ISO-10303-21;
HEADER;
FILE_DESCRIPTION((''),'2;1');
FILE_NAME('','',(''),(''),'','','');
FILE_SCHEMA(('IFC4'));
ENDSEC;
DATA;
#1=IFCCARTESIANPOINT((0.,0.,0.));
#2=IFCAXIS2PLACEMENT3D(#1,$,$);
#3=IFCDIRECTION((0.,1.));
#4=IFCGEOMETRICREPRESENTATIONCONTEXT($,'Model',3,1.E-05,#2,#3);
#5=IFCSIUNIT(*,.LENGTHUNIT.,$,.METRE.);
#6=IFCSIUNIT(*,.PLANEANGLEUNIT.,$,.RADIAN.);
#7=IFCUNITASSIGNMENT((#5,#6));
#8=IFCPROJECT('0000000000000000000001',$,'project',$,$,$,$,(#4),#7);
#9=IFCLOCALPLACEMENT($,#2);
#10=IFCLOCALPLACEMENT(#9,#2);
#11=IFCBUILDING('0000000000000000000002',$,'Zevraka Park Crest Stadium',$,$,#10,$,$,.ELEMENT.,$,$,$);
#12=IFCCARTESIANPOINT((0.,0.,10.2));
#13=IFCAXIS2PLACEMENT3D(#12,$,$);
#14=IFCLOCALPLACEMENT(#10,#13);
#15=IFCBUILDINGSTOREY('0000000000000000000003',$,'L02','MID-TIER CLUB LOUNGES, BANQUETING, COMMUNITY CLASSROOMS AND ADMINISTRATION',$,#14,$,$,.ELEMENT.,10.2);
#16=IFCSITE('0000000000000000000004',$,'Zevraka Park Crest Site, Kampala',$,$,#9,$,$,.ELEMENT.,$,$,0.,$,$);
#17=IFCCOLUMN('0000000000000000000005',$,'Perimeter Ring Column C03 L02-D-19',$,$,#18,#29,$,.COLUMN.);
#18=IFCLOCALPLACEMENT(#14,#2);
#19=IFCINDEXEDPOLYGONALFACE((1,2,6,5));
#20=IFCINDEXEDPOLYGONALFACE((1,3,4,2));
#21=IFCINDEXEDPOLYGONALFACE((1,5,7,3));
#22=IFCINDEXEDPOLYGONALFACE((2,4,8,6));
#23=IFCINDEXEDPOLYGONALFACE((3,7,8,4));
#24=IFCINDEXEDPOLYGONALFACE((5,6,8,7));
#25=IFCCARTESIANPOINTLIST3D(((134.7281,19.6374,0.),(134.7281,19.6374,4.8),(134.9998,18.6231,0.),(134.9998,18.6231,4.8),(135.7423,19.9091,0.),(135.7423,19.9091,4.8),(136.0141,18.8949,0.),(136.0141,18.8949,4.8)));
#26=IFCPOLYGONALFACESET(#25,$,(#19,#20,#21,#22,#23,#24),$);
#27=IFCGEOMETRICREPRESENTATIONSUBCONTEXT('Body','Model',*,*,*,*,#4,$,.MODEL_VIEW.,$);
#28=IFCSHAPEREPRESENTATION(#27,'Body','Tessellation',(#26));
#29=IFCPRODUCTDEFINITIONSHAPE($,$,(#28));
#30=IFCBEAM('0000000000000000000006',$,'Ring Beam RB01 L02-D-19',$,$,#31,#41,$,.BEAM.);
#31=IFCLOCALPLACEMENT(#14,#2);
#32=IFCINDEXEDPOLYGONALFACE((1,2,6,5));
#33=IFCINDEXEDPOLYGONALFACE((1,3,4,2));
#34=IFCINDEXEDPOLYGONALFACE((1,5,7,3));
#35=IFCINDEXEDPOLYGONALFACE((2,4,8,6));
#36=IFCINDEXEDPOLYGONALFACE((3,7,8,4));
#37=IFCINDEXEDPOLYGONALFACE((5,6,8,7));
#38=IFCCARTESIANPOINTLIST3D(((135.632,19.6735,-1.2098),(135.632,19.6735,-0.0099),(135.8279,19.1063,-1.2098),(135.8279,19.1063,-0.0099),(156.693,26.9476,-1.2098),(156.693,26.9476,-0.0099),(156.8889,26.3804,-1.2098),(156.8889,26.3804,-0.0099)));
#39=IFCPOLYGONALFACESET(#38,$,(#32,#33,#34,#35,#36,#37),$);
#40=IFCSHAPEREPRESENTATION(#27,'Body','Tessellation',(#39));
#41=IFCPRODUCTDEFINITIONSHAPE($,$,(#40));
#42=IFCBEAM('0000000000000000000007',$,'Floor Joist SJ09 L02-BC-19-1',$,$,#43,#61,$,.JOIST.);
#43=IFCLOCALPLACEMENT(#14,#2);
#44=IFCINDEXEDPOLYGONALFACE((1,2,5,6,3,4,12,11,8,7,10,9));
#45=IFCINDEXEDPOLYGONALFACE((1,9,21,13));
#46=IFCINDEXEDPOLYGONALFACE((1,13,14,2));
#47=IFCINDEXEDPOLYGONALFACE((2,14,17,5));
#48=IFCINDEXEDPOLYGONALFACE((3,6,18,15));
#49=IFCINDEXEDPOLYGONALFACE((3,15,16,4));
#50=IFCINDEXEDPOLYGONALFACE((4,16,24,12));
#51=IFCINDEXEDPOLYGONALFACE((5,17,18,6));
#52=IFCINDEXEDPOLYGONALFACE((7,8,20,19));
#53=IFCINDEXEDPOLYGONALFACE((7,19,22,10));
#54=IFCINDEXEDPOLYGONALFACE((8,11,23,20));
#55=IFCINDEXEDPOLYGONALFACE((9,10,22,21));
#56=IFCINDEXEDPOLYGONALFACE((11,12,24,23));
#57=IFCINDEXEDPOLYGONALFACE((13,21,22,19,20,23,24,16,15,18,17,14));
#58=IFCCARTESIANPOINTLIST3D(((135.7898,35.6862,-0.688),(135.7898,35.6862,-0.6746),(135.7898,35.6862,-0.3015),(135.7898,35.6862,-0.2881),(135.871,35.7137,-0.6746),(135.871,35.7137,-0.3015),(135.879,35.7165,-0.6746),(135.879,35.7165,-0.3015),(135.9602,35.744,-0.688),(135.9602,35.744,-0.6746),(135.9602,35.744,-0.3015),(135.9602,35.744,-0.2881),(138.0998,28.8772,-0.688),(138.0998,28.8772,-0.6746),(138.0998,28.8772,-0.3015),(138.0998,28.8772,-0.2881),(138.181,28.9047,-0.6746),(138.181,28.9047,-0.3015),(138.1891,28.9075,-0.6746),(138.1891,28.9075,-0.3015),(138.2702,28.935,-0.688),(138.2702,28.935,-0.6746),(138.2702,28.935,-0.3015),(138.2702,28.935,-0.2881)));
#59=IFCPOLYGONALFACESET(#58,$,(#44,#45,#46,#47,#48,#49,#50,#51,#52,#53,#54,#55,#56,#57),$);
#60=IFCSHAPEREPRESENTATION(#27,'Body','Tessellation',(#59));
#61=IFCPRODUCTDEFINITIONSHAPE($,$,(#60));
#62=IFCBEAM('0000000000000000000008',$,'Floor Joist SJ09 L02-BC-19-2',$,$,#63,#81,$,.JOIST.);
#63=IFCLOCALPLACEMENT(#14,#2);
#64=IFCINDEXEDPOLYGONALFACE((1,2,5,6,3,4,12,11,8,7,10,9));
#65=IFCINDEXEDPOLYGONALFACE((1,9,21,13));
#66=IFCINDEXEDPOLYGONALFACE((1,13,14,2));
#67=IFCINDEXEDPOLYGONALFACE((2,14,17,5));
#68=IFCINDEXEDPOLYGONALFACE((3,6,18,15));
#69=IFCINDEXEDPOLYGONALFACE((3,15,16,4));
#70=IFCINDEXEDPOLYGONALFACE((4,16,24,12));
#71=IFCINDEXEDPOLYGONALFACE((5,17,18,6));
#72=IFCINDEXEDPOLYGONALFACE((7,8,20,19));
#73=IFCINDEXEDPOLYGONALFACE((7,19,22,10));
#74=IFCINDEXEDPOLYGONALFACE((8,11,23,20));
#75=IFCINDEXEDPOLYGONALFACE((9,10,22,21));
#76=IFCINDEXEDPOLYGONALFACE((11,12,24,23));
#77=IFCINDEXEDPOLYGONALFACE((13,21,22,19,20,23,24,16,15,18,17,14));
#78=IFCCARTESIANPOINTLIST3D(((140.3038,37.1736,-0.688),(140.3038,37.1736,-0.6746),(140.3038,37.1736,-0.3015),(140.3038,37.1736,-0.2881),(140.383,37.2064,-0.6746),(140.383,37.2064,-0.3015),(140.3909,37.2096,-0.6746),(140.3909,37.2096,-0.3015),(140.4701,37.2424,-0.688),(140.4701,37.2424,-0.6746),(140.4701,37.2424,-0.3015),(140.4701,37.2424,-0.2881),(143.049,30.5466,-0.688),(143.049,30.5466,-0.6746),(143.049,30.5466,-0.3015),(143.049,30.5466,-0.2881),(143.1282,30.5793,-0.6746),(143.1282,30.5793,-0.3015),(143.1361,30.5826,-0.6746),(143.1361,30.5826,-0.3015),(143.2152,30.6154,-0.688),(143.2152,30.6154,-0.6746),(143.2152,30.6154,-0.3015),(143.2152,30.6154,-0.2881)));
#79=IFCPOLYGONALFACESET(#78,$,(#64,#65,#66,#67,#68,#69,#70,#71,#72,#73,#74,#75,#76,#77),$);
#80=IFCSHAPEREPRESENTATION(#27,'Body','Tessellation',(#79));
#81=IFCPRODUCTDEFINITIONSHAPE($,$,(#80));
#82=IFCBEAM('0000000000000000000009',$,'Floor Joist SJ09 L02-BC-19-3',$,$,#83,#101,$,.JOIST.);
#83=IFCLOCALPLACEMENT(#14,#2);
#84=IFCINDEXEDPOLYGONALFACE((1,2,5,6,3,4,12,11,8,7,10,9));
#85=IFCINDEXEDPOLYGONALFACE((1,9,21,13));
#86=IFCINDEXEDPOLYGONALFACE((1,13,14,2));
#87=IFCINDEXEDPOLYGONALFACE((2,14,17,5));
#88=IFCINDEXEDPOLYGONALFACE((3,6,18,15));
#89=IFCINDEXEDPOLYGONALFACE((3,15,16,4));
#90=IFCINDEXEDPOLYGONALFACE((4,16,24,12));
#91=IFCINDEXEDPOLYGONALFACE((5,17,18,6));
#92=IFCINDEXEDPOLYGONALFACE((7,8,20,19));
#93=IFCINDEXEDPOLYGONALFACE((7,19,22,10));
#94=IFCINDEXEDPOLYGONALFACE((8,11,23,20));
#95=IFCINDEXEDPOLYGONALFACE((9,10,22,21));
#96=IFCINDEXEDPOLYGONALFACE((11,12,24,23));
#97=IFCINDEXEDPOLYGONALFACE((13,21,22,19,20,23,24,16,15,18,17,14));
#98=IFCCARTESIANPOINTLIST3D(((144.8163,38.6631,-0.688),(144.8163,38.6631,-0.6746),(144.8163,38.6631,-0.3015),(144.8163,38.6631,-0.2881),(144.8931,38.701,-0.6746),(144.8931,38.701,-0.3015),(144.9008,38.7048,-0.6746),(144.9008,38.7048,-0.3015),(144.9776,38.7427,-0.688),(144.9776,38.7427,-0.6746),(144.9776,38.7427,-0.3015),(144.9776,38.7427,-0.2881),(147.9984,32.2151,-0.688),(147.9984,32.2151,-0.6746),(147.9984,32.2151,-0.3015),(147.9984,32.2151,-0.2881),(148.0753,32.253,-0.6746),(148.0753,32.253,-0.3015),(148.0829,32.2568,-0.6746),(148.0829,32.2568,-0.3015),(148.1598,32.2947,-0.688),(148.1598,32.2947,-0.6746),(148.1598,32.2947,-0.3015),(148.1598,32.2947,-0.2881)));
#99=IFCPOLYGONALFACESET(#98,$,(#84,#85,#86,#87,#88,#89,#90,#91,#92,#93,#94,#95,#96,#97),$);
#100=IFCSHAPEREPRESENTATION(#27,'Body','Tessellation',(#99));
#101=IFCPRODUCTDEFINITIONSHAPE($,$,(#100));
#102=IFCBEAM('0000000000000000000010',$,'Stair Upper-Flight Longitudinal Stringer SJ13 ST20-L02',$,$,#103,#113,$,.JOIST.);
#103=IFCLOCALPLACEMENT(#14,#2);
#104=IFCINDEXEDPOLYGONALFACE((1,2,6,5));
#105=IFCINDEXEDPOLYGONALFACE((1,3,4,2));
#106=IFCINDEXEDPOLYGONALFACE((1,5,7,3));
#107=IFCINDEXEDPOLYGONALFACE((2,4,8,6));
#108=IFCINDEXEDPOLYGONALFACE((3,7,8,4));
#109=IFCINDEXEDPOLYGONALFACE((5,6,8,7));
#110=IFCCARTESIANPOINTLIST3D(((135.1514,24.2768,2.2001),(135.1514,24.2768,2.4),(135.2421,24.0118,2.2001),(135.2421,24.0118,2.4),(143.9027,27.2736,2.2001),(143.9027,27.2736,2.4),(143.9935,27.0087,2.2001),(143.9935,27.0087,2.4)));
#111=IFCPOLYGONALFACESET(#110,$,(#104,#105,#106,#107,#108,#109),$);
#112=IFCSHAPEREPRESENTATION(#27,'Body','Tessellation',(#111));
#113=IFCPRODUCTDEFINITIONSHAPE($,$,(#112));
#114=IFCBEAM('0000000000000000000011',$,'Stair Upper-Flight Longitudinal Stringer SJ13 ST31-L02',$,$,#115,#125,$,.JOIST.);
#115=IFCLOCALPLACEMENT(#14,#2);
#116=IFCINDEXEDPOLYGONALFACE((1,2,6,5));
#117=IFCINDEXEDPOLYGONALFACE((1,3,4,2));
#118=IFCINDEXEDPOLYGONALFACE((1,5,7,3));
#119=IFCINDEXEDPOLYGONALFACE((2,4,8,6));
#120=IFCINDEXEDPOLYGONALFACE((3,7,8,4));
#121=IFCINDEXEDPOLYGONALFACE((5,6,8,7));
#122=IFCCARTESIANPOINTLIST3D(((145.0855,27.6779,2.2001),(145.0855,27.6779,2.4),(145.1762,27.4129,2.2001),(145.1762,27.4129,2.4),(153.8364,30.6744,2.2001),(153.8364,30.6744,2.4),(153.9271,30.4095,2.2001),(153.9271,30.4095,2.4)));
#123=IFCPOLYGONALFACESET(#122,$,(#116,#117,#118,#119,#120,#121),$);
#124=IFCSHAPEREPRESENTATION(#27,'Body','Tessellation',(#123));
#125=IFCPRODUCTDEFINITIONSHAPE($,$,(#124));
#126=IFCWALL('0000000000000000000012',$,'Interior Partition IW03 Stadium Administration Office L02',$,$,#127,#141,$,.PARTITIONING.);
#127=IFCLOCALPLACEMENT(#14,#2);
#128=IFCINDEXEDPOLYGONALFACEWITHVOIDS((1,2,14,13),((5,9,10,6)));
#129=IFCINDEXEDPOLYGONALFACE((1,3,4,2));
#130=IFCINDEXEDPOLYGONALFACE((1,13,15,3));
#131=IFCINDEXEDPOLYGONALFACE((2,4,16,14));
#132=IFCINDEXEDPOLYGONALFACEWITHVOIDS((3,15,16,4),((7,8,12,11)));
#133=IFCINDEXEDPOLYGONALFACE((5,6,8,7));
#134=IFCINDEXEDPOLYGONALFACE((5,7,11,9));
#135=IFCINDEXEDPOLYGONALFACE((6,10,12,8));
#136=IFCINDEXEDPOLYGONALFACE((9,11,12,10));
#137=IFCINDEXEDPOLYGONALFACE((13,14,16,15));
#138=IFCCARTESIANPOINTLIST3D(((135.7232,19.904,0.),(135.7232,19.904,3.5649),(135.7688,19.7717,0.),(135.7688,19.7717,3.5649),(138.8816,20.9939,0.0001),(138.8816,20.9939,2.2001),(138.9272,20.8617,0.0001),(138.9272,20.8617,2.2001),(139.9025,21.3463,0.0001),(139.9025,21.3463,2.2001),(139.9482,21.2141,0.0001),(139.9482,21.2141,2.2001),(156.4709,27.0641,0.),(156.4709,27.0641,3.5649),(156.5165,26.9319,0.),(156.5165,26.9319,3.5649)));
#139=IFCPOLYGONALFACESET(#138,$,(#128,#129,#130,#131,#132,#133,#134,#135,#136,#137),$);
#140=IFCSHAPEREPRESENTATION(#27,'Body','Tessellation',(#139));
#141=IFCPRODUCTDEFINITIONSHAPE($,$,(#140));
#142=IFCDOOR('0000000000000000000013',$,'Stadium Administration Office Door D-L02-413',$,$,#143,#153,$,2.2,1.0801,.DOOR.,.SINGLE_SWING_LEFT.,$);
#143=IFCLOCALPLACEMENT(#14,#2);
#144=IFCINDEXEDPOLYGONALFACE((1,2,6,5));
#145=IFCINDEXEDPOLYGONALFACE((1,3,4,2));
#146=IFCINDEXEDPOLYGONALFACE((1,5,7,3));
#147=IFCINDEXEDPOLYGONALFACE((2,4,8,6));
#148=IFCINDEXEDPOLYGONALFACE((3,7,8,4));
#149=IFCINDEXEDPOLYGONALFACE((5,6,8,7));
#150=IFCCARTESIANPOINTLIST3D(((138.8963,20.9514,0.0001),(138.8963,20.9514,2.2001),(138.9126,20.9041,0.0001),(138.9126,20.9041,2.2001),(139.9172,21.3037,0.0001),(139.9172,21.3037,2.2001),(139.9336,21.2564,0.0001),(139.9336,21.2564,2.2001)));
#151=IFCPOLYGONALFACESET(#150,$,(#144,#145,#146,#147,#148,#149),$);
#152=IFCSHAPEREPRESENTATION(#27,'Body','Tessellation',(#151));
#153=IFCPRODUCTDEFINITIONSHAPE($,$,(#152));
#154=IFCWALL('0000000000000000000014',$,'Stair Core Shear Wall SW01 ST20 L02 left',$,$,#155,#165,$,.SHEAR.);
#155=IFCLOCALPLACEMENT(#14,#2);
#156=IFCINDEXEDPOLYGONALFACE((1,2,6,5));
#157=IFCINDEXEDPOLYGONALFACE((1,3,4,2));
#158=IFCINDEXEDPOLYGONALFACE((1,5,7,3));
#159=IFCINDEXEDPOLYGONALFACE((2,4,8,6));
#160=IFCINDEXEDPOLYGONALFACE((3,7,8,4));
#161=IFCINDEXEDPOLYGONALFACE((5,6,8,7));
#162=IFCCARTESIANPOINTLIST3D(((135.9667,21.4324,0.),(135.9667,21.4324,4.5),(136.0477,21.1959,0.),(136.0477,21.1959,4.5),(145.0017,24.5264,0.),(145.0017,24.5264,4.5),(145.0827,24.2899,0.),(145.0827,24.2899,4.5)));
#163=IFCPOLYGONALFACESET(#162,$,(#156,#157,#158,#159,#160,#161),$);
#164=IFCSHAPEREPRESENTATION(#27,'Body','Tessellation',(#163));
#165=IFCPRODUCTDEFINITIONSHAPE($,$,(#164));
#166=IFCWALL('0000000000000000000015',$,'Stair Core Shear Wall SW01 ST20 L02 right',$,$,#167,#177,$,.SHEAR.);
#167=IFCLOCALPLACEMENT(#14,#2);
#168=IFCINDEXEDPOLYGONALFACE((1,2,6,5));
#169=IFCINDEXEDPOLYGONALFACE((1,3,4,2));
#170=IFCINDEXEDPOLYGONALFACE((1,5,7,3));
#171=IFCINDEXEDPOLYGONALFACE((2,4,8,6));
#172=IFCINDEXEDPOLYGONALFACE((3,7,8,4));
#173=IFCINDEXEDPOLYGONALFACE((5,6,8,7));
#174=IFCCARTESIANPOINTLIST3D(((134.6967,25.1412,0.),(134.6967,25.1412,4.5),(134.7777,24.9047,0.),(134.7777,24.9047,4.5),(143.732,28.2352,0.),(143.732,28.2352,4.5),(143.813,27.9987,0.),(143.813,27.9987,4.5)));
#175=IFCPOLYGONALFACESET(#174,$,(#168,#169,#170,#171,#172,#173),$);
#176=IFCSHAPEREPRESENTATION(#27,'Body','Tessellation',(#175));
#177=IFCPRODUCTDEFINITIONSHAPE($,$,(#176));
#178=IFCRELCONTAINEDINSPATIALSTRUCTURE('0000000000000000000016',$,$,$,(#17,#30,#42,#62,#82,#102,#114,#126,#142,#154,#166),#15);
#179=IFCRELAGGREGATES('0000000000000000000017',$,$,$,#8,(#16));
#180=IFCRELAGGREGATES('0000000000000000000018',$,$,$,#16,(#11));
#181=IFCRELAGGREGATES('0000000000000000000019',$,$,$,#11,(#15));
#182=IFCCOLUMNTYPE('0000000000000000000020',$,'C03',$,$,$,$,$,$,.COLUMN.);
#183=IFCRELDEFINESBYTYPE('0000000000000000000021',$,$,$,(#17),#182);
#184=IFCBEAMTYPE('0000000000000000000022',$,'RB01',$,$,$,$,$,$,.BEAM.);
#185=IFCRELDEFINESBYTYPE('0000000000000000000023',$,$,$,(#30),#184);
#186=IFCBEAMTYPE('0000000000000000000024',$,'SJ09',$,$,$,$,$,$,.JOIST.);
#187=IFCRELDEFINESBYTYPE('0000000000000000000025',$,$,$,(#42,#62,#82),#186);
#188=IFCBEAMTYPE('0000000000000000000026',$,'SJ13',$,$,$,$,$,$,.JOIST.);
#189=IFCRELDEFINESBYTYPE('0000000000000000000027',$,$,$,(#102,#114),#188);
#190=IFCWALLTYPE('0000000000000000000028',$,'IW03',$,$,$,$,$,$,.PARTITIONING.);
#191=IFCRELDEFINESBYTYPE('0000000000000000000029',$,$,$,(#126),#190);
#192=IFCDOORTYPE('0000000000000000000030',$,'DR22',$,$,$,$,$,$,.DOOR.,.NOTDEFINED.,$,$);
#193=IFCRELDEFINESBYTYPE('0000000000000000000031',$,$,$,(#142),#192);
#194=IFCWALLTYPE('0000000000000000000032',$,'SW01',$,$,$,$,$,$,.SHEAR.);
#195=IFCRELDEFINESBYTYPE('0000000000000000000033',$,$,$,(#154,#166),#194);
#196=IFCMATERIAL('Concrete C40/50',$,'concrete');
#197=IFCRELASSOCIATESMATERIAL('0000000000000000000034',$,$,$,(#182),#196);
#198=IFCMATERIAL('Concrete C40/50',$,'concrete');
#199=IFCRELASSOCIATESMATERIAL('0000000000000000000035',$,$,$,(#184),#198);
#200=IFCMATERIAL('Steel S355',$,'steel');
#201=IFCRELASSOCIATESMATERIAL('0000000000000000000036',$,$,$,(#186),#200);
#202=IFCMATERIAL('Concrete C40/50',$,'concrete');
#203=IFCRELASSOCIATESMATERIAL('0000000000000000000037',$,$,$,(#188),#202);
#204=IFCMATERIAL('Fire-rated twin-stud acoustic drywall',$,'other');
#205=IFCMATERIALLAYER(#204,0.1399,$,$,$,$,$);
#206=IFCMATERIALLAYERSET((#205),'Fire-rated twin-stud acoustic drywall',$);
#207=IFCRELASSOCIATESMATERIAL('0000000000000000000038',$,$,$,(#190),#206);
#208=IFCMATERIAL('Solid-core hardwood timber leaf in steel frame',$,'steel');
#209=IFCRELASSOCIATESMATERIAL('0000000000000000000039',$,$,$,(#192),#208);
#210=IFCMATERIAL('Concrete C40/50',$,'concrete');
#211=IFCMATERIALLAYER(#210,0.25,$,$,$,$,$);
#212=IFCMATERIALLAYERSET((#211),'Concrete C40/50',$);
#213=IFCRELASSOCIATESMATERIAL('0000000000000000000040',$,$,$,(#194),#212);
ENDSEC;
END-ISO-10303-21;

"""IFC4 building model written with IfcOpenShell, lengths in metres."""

from ifc_helpers import new_model, si_unit, direction, frame, frame_2d, origin, origin_2d, place, context, subcontext, project, spatial, rectangle, i_section, extrude, material, layer, layer_set, material_profile, profile_set, type_object, element, fill, save


model = new_model("IFC4")

# Units and contexts
model_context = context("Model", 3, precision=1e-05, world=origin(), true_north=direction((0.0, 1.0)))
body_context = subcontext(model_context, "Body", "Model", "MODEL_VIEW")
ifc_project = project(units=[si_unit("LENGTHUNIT", "METRE"), si_unit("PLANEANGLEUNIT", "RADIAN")], contexts=[model_context])

# Site, building, storey
site_placement = place(None, origin())
site = spatial("IfcSite", under=ifc_project, at=site_placement, Name="Zevraka Park Crest Site, Kampala", CompositionType="ELEMENT", RefElevation=0.0)
building_placement = place(site_placement, origin())
building = spatial("IfcBuilding", under=site, at=building_placement, Name="Zevraka Park Crest Stadium", CompositionType="ELEMENT")
storey_placement = place(building_placement, frame((0.0, 0.0, 10.2)))
storey = spatial("IfcBuildingStorey", under=building, at=storey_placement, Name="L02", Description="MID-TIER CLUB LOUNGES, BANQUETING, COMMUNITY CLASSROOMS AND ADMINISTRATION", CompositionType="ELEMENT", Elevation=10.2)

# Column
ifc_material_1 = material(Name="Concrete C40/50", Category="concrete")
ifc_material_profile_1 = material_profile(ifc_material_1, rectangle(XDim=1.05, YDim=1.05, at=origin_2d()), Name="RC 1050x1050")
ifc_profile_set_1 = profile_set([ifc_material_profile_1], Name="Concrete C40/50")
column_type = type_object("IfcColumnType", Name="C03", PredefinedType="COLUMN", material=ifc_profile_set_1)
column_placement = place(storey_placement, frame((135.3711, 19.2661, 0.0), z_axis=(0.0, 0.0, 1.0), x_axis=(-0.258819, 0.965926, 0.0)))
element("IfcColumn", 1, at=column_placement, inside=storey, type_object=column_type, Name="Perimeter Ring Column C03 L02-D-19", PredefinedType="COLUMN", context=body_context, shape_type="SweptSolid", body=[
    extrude(rectangle(XDim=1.05, YDim=1.05, at=origin_2d()), origin(), (0.0, 0.0, 1.0), 4.8),
])

# Beams
ifc_material_2 = material(Name="Concrete C40/50", Category="concrete")
ifc_material_profile_2 = material_profile(ifc_material_2, rectangle(XDim=0.6001, YDim=1.2, at=origin_2d()), Name="RC 1200x600")
ifc_profile_set_2 = profile_set([ifc_material_profile_2], Name="Concrete C40/50")
beam_type_1 = type_object("IfcBeamType", Name="RB01", PredefinedType="BEAM", material=ifc_profile_set_2)
beam_1_placement = place(storey_placement, frame((135.73, 19.3899, -0.6099), z_axis=(0.94521, 0.326462, 0.0), x_axis=(-0.326462, 0.94521, 0.0)))
element("IfcBeam", 2, at=beam_1_placement, inside=storey, type_object=beam_type_1, Name="Ring Beam RB01 L02-D-19", PredefinedType="BEAM", context=body_context, shape_type="SweptSolid", body=[
    extrude(rectangle(XDim=0.6001, YDim=1.2, at=origin_2d()), origin(), (0.0, 0.0, 1.0), 22.2817),
])
ifc_material_3 = material(Name="Steel S355", Category="steel")
ifc_material_profile_3 = material_profile(ifc_material_3, i_section(OverallWidth=0.1799, OverallDepth=0.3999, WebThickness=0.0085, FlangeThickness=0.0134, at=origin_2d()), Name="IPE 400")
ifc_profile_set_3 = profile_set([ifc_material_profile_3], Name="Steel S355")
beam_type_2 = type_object("IfcBeamType", Name="SJ09", PredefinedType="JOIST", material=ifc_profile_set_3)
beam_2_placement = place(storey_placement, frame((135.875, 35.7151, -0.488), z_axis=(0.321276, -0.946986, 0.0), x_axis=(0.946986, 0.321276, 0.0)))
element("IfcBeam", 3, at=beam_2_placement, inside=storey, type_object=beam_type_2, Name="Floor Joist SJ09 L02-BC-19-1", PredefinedType="JOIST", context=body_context, shape_type="SweptSolid", body=[
    extrude(i_section(OverallWidth=0.1799, OverallDepth=0.3999, WebThickness=0.0085, FlangeThickness=0.0134, at=origin_2d()), origin(), (0.0, 0.0, 1.0), 7.1902),
])
beam_3_placement = place(storey_placement, frame((140.387, 37.208, -0.488), z_axis=(0.3827, -0.923872, 0.0), x_axis=(0.923872, 0.3827, 0.0)))
element("IfcBeam", 4, at=beam_3_placement, inside=storey, type_object=beam_type_2, Name="Floor Joist SJ09 L02-BC-19-2", PredefinedType="JOIST", context=body_context, shape_type="SweptSolid", body=[
    extrude(i_section(OverallWidth=0.1799, OverallDepth=0.3999, WebThickness=0.0085, FlangeThickness=0.0134, at=origin_2d()), origin(), (0.0, 0.0, 1.0), 7.1731),
])
beam_4_placement = place(storey_placement, frame((144.897, 38.7029, -0.488), z_axis=(0.442549, -0.896744, 0.0), x_axis=(0.896744, 0.442549, 0.0)))
element("IfcBeam", 5, at=beam_4_placement, inside=storey, type_object=beam_type_2, Name="Floor Joist SJ09 L02-BC-19-3", PredefinedType="JOIST", context=body_context, shape_type="SweptSolid", body=[
    extrude(i_section(OverallWidth=0.1799, OverallDepth=0.3999, WebThickness=0.0085, FlangeThickness=0.0134, at=origin_2d()), origin(), (0.0, 0.0, 1.0), 7.1904),
])
ifc_material_4 = material(Name="Concrete C40/50", Category="concrete")
ifc_material_profile_4 = material_profile(ifc_material_4, rectangle(XDim=0.28, YDim=0.2, at=origin_2d()), Name="RC 200x280")
ifc_profile_set_4 = profile_set([ifc_material_profile_4], Name="Concrete C40/50")
beam_type_3 = type_object("IfcBeamType", Name="SJ13", PredefinedType="JOIST", material=ifc_profile_set_4)
beam_5_placement = place(storey_placement, frame((135.1968, 24.1443, 2.3), z_axis=(0.946065, 0.323977, 0.0), x_axis=(-0.323977, 0.946065, 0.0)))
element("IfcBeam", 6, at=beam_5_placement, inside=storey, type_object=beam_type_3, Name="Stair Upper-Flight Longitudinal Stringer SJ13 ST20-L02", PredefinedType="JOIST", context=body_context, shape_type="SweptSolid", body=[
    extrude(rectangle(XDim=0.28, YDim=0.2, at=origin_2d()), origin(), (0.0, 0.0, 1.0), 9.2502),
])
beam_6_placement = place(storey_placement, frame((145.1309, 27.5454, 2.3), z_axis=(0.94607, 0.323961, 0.0), x_axis=(-0.323961, 0.94607, 0.0)))
element("IfcBeam", 7, at=beam_6_placement, inside=storey, type_object=beam_type_3, Name="Stair Upper-Flight Longitudinal Stringer SJ13 ST31-L02", PredefinedType="JOIST", context=body_context, shape_type="SweptSolid", body=[
    extrude(rectangle(XDim=0.28, YDim=0.2, at=origin_2d()), origin(), (0.0, 0.0, 1.0), 9.2498),
])

# Wall, opening, door
ifc_material_5 = material(Name="Fire-rated twin-stud acoustic drywall", Category="other")
ifc_layer_1 = layer(ifc_material_5, 0.1399)
ifc_layer_set_1 = layer_set([ifc_layer_1], Name="Fire-rated twin-stud acoustic drywall")
wall_type_1 = type_object("IfcWallType", Name="IW03", PredefinedType="PARTITIONING", material=ifc_layer_set_1)
wall_1_placement = place(storey_placement, frame((135.7461, 19.8379, 0.0), z_axis=(0.0, 0.0, 1.0), x_axis=(0.945292, 0.326224, 0.0)))
wall_1 = element("IfcWall", 8, at=wall_1_placement, inside=storey, type_object=wall_type_1, Name="Interior Partition IW03 Stadium Administration Office L02", PredefinedType="PARTITIONING", context=body_context, shape_type="SweptSolid", body=[
    extrude(rectangle(XDim=21.9485, YDim=0.1399, at=frame_2d((10.9741, 0.0))), origin(), (0.0, 0.0, 1.0), 3.5649),
])
opening_1_placement = place(wall_1_placement, frame((3.3411, 0.0, 0.0)))
opening_1 = element("IfcOpeningElement", 9, at=opening_1_placement, cuts=wall_1, PredefinedType="OPENING", context=body_context, shape_type="SweptSolid", body=[
    extrude(rectangle(XDim=1.0801, YDim=2.2, at=frame_2d((0.54, 1.1001))), frame((0.0, 0.0798, 0.0), z_axis=(0.0, -1.0, 0.0), x_axis=(1.0, 0.0, 0.0)), (0.0, 0.0, 1.0), 0.1599),
])
ifc_material_6 = material(Name="Solid-core hardwood timber leaf in steel frame", Category="steel")
door_type_1 = type_object("IfcDoorType", Name="DR22", OperationType="NOTDEFINED", PredefinedType="DOOR", material=ifc_material_6)
door_1_placement = place(opening_1_placement, origin())
door_1 = element("IfcDoor", 10, at=door_1_placement, inside=storey, type_object=door_type_1, Name="Stadium Administration Office Door D-L02-413", OperationType="SINGLE_SWING_LEFT", OverallHeight=2.2, OverallWidth=1.0801, PredefinedType="DOOR", context=body_context, shape_type="SweptSolid", body=[
    extrude(rectangle(XDim=1.0801, YDim=2.2, at=frame_2d((0.54, 1.1001))), frame((0.0, 0.0249, 0.0), z_axis=(0.0, -1.0, 0.0), x_axis=(1.0, 0.0, 0.0)), (0.0, 0.0, 1.0), 0.05),
])
fill(opening_1, door_1)

# Walls
ifc_material_7 = material(Name="Concrete C40/50", Category="concrete")
ifc_layer_2 = layer(ifc_material_7, 0.25)
ifc_layer_set_2 = layer_set([ifc_layer_2], Name="Concrete C40/50")
wall_type_2 = type_object("IfcWallType", Name="SW01", PredefinedType="SHEAR", material=ifc_layer_set_2)
wall_2_placement = place(storey_placement, frame((136.0073, 21.3142, 0.0), z_axis=(0.0, 0.0, 1.0), x_axis=(0.946064, 0.323979, 0.0)))
element("IfcWall", 11, at=wall_2_placement, inside=storey, type_object=wall_type_2, Name="Stair Core Shear Wall SW01 ST20 L02 left", PredefinedType="SHEAR", context=body_context, shape_type="SweptSolid", body=[
    extrude(rectangle(XDim=9.55, YDim=0.25, at=frame_2d((4.7749, 0.0))), origin(), (0.0, 0.0, 1.0), 4.5),
])
wall_3_placement = place(storey_placement, frame((143.7725, 28.1169, 0.0), z_axis=(0.0, 0.0, 1.0), x_axis=(-0.946067, -0.323971, 0.0)))
element("IfcWall", 12, at=wall_3_placement, inside=storey, type_object=wall_type_2, Name="Stair Core Shear Wall SW01 ST20 L02 right", PredefinedType="SHEAR", context=body_context, shape_type="SweptSolid", body=[
    extrude(rectangle(XDim=9.5503, YDim=0.25, at=frame_2d((4.7751, 0.0))), origin(), (0.0, 0.0, 1.0), 4.5),
])

save(model, "model.ifc")
